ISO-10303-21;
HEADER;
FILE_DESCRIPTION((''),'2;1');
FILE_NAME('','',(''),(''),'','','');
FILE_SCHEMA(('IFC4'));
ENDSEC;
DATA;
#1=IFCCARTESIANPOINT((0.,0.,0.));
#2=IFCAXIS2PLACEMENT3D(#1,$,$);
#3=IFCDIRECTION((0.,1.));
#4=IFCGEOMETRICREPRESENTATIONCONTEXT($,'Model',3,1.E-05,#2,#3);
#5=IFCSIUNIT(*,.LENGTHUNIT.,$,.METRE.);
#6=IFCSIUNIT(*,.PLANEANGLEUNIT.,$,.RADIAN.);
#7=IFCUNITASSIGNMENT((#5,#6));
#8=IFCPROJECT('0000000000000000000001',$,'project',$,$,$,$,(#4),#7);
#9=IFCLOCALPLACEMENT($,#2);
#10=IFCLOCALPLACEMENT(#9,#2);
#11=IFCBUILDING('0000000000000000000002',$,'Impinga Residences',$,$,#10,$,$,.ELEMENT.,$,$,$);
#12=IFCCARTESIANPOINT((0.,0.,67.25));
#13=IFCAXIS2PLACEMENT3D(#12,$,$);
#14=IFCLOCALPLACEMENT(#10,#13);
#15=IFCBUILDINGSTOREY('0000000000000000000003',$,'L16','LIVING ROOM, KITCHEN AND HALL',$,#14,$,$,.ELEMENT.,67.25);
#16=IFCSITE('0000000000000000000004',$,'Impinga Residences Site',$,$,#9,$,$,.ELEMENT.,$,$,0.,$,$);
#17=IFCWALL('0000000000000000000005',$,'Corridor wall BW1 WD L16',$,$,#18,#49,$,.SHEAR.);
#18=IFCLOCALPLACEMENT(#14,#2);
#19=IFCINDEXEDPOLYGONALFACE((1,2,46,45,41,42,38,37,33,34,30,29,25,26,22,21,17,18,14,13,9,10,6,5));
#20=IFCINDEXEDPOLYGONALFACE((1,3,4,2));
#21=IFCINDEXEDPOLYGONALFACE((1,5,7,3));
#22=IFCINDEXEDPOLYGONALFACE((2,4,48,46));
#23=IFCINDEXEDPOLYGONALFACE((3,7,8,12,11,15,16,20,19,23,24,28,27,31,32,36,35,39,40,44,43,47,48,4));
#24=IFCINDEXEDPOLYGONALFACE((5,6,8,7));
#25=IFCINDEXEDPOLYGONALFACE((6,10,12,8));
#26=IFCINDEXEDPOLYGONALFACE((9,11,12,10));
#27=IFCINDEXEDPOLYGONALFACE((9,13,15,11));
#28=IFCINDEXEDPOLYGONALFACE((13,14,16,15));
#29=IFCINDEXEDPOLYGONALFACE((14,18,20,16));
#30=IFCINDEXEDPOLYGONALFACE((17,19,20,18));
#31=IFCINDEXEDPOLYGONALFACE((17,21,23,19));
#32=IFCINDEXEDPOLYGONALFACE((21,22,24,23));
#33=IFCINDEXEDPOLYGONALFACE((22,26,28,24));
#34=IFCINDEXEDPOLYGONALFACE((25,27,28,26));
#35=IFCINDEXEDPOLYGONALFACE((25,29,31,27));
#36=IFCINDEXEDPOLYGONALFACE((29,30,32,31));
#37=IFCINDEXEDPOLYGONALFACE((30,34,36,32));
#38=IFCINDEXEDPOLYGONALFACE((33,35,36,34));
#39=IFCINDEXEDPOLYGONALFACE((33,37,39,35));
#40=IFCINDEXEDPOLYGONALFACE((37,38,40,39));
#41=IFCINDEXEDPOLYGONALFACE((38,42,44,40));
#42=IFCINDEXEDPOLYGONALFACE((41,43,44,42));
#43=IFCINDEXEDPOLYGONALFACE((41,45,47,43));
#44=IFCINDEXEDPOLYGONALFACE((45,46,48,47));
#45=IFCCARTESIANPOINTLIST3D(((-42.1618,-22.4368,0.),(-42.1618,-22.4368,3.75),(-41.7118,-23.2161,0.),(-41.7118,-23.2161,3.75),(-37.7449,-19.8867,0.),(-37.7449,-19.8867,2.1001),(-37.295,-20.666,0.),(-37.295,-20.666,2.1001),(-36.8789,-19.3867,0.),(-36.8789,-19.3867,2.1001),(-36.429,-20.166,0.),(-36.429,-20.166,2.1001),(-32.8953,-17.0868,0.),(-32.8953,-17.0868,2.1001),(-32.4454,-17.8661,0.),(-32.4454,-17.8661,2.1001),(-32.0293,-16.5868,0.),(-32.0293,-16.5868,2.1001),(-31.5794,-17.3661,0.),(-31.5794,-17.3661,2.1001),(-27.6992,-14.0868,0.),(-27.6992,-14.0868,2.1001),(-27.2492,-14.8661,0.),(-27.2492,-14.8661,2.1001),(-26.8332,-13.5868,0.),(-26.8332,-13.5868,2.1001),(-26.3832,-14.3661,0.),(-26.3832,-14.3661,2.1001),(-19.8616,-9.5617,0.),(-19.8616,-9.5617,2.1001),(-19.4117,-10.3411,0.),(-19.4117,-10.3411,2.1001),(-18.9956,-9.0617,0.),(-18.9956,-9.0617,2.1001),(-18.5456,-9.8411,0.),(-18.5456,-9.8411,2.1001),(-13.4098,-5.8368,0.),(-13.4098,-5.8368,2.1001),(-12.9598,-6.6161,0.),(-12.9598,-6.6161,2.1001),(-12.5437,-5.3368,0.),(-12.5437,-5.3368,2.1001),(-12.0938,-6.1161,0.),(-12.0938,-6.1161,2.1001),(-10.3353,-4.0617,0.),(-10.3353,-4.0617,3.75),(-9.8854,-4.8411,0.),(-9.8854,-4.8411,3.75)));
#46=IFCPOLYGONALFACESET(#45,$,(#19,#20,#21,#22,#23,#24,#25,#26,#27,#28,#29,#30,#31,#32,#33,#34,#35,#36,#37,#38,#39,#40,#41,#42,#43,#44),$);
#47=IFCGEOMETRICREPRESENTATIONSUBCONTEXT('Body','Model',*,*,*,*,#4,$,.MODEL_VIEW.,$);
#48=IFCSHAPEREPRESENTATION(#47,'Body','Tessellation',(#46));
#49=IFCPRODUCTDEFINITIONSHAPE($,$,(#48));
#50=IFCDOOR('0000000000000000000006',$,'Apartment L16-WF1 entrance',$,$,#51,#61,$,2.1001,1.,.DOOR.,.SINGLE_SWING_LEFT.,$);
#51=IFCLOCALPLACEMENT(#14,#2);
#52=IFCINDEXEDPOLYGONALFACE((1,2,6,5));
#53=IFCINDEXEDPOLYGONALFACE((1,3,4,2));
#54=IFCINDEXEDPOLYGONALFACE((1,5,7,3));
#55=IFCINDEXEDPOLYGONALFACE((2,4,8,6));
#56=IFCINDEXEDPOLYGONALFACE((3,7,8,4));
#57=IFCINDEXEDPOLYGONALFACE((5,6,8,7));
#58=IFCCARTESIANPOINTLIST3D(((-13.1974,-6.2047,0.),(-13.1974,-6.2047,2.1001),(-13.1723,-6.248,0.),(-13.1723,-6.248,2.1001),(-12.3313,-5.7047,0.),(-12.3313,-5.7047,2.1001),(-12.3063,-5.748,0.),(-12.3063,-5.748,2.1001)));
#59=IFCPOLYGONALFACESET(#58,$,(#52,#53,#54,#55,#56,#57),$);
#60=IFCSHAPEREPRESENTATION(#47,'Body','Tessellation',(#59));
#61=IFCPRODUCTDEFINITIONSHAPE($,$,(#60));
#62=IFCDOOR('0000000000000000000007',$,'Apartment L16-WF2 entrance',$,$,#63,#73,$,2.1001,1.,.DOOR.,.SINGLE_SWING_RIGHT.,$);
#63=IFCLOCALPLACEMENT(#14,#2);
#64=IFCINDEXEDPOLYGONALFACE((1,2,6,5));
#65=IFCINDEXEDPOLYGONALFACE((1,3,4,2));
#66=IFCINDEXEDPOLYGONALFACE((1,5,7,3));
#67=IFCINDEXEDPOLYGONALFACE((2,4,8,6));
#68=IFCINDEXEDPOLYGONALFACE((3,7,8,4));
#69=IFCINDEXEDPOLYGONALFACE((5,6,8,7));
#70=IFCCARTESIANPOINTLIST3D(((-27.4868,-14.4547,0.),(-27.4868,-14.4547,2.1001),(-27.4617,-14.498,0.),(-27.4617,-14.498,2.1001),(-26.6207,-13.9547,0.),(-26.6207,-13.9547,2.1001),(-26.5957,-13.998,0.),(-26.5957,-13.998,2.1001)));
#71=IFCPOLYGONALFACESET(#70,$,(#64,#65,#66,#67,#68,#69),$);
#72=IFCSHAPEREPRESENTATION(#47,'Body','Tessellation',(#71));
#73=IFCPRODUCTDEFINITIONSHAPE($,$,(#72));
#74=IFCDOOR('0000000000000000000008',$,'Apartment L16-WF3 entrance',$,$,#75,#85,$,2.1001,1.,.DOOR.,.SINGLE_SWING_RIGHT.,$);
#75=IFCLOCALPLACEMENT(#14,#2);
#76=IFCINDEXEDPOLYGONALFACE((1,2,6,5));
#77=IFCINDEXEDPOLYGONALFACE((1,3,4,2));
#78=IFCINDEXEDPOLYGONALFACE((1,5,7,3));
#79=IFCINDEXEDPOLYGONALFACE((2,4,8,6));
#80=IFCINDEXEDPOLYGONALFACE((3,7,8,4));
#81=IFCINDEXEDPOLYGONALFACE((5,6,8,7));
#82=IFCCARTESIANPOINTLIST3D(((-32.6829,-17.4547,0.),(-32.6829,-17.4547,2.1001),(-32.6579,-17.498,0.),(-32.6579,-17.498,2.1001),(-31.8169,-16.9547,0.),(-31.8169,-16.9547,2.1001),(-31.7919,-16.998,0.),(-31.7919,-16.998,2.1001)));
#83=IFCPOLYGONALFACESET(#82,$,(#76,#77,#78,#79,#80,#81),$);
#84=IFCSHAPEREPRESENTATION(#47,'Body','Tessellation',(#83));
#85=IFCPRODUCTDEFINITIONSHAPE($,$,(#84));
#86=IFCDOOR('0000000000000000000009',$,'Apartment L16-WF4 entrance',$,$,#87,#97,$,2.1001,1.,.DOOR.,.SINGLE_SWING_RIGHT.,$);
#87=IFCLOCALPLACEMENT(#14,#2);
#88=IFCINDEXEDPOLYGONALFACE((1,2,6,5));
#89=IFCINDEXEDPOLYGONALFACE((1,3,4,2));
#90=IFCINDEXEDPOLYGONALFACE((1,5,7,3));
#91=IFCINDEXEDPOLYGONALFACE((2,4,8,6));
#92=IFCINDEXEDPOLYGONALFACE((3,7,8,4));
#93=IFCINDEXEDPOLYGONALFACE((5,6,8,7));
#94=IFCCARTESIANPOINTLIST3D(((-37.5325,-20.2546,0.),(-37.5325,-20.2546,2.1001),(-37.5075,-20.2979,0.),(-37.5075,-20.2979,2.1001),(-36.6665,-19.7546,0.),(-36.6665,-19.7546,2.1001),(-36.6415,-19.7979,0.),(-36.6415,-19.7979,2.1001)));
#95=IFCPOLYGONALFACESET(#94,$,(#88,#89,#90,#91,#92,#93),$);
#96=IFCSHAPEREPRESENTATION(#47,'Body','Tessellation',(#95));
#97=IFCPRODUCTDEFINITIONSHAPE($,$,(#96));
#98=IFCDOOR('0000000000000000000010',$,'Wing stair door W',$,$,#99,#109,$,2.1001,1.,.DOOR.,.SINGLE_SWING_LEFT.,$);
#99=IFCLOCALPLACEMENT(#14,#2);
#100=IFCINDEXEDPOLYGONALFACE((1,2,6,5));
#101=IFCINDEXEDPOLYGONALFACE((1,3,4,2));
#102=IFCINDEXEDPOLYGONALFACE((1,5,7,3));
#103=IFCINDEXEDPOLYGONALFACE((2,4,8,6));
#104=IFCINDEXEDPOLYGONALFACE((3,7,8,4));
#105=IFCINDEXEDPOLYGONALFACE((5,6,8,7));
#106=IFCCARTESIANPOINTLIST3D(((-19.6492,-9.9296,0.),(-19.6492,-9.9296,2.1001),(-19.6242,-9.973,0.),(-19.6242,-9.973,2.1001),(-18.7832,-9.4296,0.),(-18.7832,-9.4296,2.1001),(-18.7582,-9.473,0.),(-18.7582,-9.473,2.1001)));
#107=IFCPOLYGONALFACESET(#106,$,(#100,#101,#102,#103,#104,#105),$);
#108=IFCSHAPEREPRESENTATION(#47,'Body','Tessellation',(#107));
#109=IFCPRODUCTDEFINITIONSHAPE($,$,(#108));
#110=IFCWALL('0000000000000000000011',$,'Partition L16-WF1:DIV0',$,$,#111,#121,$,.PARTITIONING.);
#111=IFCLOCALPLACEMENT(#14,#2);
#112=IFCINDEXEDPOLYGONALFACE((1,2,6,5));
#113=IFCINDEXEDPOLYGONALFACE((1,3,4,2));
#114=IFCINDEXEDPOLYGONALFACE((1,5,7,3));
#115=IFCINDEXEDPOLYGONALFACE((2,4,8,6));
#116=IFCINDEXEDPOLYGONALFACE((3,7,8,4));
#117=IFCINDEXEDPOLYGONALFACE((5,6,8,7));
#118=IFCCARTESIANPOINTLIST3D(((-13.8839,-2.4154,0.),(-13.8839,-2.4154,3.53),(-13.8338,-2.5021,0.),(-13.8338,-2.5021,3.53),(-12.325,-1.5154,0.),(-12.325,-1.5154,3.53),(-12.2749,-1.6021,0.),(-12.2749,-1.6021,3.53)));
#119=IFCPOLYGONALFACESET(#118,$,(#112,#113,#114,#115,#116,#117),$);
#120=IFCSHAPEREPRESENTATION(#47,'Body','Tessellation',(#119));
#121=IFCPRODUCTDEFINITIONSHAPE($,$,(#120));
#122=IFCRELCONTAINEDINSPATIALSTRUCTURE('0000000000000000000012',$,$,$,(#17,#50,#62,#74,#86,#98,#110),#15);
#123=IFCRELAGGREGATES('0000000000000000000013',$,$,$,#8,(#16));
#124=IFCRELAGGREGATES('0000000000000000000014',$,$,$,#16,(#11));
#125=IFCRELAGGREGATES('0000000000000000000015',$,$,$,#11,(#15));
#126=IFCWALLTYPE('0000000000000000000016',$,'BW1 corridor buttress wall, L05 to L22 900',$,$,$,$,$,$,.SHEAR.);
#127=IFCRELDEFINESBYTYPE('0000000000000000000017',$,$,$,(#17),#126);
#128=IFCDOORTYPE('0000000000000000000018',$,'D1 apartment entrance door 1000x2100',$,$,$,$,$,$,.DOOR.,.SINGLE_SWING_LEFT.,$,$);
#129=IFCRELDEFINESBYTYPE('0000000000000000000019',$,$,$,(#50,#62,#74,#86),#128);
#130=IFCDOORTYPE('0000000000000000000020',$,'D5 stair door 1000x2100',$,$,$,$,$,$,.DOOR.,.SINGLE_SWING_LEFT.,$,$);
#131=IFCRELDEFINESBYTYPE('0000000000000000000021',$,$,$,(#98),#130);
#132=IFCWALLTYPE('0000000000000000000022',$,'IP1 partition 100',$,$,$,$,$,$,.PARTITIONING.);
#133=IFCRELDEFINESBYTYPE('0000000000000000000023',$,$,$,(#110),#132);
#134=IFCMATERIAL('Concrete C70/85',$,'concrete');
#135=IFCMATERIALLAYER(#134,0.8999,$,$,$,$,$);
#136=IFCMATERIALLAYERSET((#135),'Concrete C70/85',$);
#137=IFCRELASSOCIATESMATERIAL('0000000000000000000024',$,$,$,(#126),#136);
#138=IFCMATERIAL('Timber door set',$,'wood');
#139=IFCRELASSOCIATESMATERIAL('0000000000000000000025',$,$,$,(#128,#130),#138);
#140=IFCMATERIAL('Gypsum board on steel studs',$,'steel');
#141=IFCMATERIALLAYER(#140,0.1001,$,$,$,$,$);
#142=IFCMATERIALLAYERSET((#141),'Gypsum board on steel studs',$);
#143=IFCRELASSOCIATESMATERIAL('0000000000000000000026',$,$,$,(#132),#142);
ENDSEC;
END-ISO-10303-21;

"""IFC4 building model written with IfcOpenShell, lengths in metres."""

from ifc_helpers import new_model, si_unit, direction, frame, frame_2d, origin, place, context, subcontext, project, spatial, rectangle, extrude, material, layer, layer_set, type_object, element, fill, save


model = new_model("IFC4")

# Units and contexts
model_context = context("Model", 3, precision=1e-05, world=origin(), true_north=direction((0.0, 1.0)))
body_context = subcontext(model_context, "Body", "Model", "MODEL_VIEW")
ifc_project = project(units=[si_unit("LENGTHUNIT", "METRE"), si_unit("PLANEANGLEUNIT", "RADIAN")], contexts=[model_context])

# Site, building, storey
site_placement = place(None, origin())
site = spatial("IfcSite", under=ifc_project, at=site_placement, Name="Impinga Residences Site", CompositionType="ELEMENT", RefElevation=0.0)
building_placement = place(site_placement, origin())
building = spatial("IfcBuilding", under=site, at=building_placement, Name="Impinga Residences", CompositionType="ELEMENT")
storey_placement = place(building_placement, frame((0.0, 0.0, 67.25)))
storey = spatial("IfcBuildingStorey", under=building, at=storey_placement, Name="L16", Description="LIVING ROOM, KITCHEN AND HALL", CompositionType="ELEMENT", Elevation=67.25)

# Wall, openings, doors
ifc_material_1 = material(Name="Concrete C70/85", Category="concrete")
ifc_layer_1 = layer(ifc_material_1, 0.8999)
ifc_layer_set_1 = layer_set([ifc_layer_1], Name="Concrete C70/85")
wall_type_1 = type_object("IfcWallType", Name="BW1 corridor buttress wall, L05 to L22 900", PredefinedType="SHEAR", material=ifc_layer_set_1)
wall_1_placement = place(storey_placement, frame((-10.1104, -4.4514, 0.0), z_axis=(0.0, 0.0, 1.0), x_axis=(-0.866025, -0.5, 0.0)))
wall_1 = element("IfcWall", 1, at=wall_1_placement, inside=storey, type_object=wall_type_1, Name="Corridor wall BW1 WD L16", PredefinedType="SHEAR", context=body_context, shape_type="SweptSolid", body=[
    extrude(rectangle(XDim=36.75, YDim=0.8999, at=frame_2d((18.375, 0.0))), origin(), (0.0, 0.0, 1.0), 3.75),
])
opening_1_placement = place(wall_1_placement, frame((10.0, 0.0, 0.0)))
opening_1 = element("IfcOpeningElement", 2, at=opening_1_placement, cuts=wall_1, PredefinedType="OPENING", context=body_context, shape_type="SweptSolid", body=[
    extrude(rectangle(XDim=1.0, YDim=2.1001, at=frame_2d((0.5, 1.05))), frame((0.0, 0.46, 0.0), z_axis=(0.0, -1.0, 0.0), x_axis=(1.0, 0.0, 0.0)), (0.0, 0.0, 1.0), 0.9199),
])
opening_2_placement = place(wall_1_placement, frame((2.55, 0.0, 0.0)))
opening_2 = element("IfcOpeningElement", 3, at=opening_2_placement, cuts=wall_1, PredefinedType="OPENING", context=body_context, shape_type="SweptSolid", body=[
    extrude(rectangle(XDim=1.0, YDim=2.1001, at=frame_2d((0.5, 1.05))), frame((0.0, 0.46, 0.0), z_axis=(0.0, -1.0, 0.0), x_axis=(1.0, 0.0, 0.0)), (0.0, 0.0, 1.0), 0.9199),
])
opening_3_placement = place(wall_1_placement, frame((19.05, 0.0, 0.0)))
opening_3 = element("IfcOpeningElement", 4, at=opening_3_placement, cuts=wall_1, PredefinedType="OPENING", context=body_context, shape_type="SweptSolid", body=[
    extrude(rectangle(XDim=1.0, YDim=2.1001, at=frame_2d((0.5, 1.05))), frame((0.0, 0.46, 0.0), z_axis=(0.0, -1.0, 0.0), x_axis=(1.0, 0.0, 0.0)), (0.0, 0.0, 1.0), 0.9199),
])
opening_4_placement = place(wall_1_placement, frame((25.05, 0.0, 0.0)))
opening_4 = element("IfcOpeningElement", 5, at=opening_4_placement, cuts=wall_1, PredefinedType="OPENING", context=body_context, shape_type="SweptSolid", body=[
    extrude(rectangle(XDim=1.0, YDim=2.1001, at=frame_2d((0.5, 1.05))), frame((0.0, 0.46, 0.0), z_axis=(0.0, -1.0, 0.0), x_axis=(1.0, 0.0, 0.0)), (0.0, 0.0, 1.0), 0.9199),
])
opening_5_placement = place(wall_1_placement, frame((30.6499, 0.0, 0.0)))
opening_5 = element("IfcOpeningElement", 6, at=opening_5_placement, cuts=wall_1, PredefinedType="OPENING", context=body_context, shape_type="SweptSolid", body=[
    extrude(rectangle(XDim=1.0, YDim=2.1001, at=frame_2d((0.5, 1.05))), frame((0.0, 0.46, 0.0), z_axis=(0.0, -1.0, 0.0), x_axis=(1.0, 0.0, 0.0)), (0.0, 0.0, 1.0), 0.9199),
])
ifc_material_2 = material(Name="Timber door set", Category="wood")
door_type_1 = type_object("IfcDoorType", Name="D1 apartment entrance door 1000x2100", OperationType="SINGLE_SWING_LEFT", PredefinedType="DOOR", material=ifc_material_2)
door_1_placement = place(opening_2_placement, origin())
door_1 = element("IfcDoor", 7, at=door_1_placement, inside=storey, type_object=door_type_1, Name="Apartment L16-WF1 entrance", OperationType="SINGLE_SWING_LEFT", OverallHeight=2.1001, OverallWidth=1.0, PredefinedType="DOOR", context=body_context, shape_type="SweptSolid", body=[
    extrude(rectangle(XDim=1.0, YDim=2.1001, at=frame_2d((0.5, 1.05))), frame((0.0, 0.0249, 0.0), z_axis=(0.0, -1.0, 0.0), x_axis=(1.0, 0.0, 0.0)), (0.0, 0.0, 1.0), 0.05),
])
fill(opening_2, door_1)
door_2_placement = place(opening_3_placement, origin())
door_2 = element("IfcDoor", 8, at=door_2_placement, inside=storey, type_object=door_type_1, Name="Apartment L16-WF2 entrance", OperationType="SINGLE_SWING_RIGHT", OverallHeight=2.1001, OverallWidth=1.0, PredefinedType="DOOR", context=body_context, shape_type="SweptSolid", body=[
    extrude(rectangle(XDim=1.0, YDim=2.1001, at=frame_2d((0.5, 1.05))), frame((0.0, 0.0249, 0.0), z_axis=(0.0, -1.0, 0.0), x_axis=(1.0, 0.0, 0.0)), (0.0, 0.0, 1.0), 0.05),
])
fill(opening_3, door_2)
door_3_placement = place(opening_4_placement, origin())
door_3 = element("IfcDoor", 9, at=door_3_placement, inside=storey, type_object=door_type_1, Name="Apartment L16-WF3 entrance", OperationType="SINGLE_SWING_RIGHT", OverallHeight=2.1001, OverallWidth=1.0, PredefinedType="DOOR", context=body_context, shape_type="SweptSolid", body=[
    extrude(rectangle(XDim=1.0, YDim=2.1001, at=frame_2d((0.5, 1.05))), frame((0.0, 0.0249, 0.0), z_axis=(0.0, -1.0, 0.0), x_axis=(1.0, 0.0, 0.0)), (0.0, 0.0, 1.0), 0.05),
])
fill(opening_4, door_3)
door_4_placement = place(opening_5_placement, origin())
door_4 = element("IfcDoor", 10, at=door_4_placement, inside=storey, type_object=door_type_1, Name="Apartment L16-WF4 entrance", OperationType="SINGLE_SWING_RIGHT", OverallHeight=2.1001, OverallWidth=1.0, PredefinedType="DOOR", context=body_context, shape_type="SweptSolid", body=[
    extrude(rectangle(XDim=1.0, YDim=2.1001, at=frame_2d((0.5, 1.05))), frame((0.0, 0.0249, 0.0), z_axis=(0.0, -1.0, 0.0), x_axis=(1.0, 0.0, 0.0)), (0.0, 0.0, 1.0), 0.05),
])
fill(opening_5, door_4)
door_type_2 = type_object("IfcDoorType", Name="D5 stair door 1000x2100", OperationType="SINGLE_SWING_LEFT", PredefinedType="DOOR", material=ifc_material_2)
door_5_placement = place(opening_1_placement, origin())
door_5 = element("IfcDoor", 11, at=door_5_placement, inside=storey, type_object=door_type_2, Name="Wing stair door W", OperationType="SINGLE_SWING_LEFT", OverallHeight=2.1001, OverallWidth=1.0, PredefinedType="DOOR", context=body_context, shape_type="SweptSolid", body=[
    extrude(rectangle(XDim=1.0, YDim=2.1001, at=frame_2d((0.5, 1.05))), frame((0.0, 0.0249, 0.0), z_axis=(0.0, -1.0, 0.0), x_axis=(1.0, 0.0, 0.0)), (0.0, 0.0, 1.0), 0.05),
])
fill(opening_1, door_5)

# Wall
ifc_material_3 = material(Name="Gypsum board on steel studs", Category="steel")
ifc_layer_2 = layer(ifc_material_3, 0.1001)
ifc_layer_set_2 = layer_set([ifc_layer_2], Name="Gypsum board on steel studs")
wall_type_2 = type_object("IfcWallType", Name="IP1 partition 100", PredefinedType="PARTITIONING", material=ifc_layer_set_2)
wall_2_placement = place(storey_placement, frame((-12.3, -1.5588, 0.0), z_axis=(0.0, 0.0, 1.0), x_axis=(-0.866048, -0.499961, 0.0)))
element("IfcWall", 12, at=wall_2_placement, inside=storey, type_object=wall_type_2, Name="Partition L16-WF1:DIV0", PredefinedType="PARTITIONING", context=body_context, shape_type="SweptSolid", body=[
    extrude(rectangle(XDim=1.8, YDim=0.1001, at=frame_2d((0.8999, 0.0))), origin(), (0.0, 0.0, 1.0), 3.53),
])

save(model, "model.ifc")
